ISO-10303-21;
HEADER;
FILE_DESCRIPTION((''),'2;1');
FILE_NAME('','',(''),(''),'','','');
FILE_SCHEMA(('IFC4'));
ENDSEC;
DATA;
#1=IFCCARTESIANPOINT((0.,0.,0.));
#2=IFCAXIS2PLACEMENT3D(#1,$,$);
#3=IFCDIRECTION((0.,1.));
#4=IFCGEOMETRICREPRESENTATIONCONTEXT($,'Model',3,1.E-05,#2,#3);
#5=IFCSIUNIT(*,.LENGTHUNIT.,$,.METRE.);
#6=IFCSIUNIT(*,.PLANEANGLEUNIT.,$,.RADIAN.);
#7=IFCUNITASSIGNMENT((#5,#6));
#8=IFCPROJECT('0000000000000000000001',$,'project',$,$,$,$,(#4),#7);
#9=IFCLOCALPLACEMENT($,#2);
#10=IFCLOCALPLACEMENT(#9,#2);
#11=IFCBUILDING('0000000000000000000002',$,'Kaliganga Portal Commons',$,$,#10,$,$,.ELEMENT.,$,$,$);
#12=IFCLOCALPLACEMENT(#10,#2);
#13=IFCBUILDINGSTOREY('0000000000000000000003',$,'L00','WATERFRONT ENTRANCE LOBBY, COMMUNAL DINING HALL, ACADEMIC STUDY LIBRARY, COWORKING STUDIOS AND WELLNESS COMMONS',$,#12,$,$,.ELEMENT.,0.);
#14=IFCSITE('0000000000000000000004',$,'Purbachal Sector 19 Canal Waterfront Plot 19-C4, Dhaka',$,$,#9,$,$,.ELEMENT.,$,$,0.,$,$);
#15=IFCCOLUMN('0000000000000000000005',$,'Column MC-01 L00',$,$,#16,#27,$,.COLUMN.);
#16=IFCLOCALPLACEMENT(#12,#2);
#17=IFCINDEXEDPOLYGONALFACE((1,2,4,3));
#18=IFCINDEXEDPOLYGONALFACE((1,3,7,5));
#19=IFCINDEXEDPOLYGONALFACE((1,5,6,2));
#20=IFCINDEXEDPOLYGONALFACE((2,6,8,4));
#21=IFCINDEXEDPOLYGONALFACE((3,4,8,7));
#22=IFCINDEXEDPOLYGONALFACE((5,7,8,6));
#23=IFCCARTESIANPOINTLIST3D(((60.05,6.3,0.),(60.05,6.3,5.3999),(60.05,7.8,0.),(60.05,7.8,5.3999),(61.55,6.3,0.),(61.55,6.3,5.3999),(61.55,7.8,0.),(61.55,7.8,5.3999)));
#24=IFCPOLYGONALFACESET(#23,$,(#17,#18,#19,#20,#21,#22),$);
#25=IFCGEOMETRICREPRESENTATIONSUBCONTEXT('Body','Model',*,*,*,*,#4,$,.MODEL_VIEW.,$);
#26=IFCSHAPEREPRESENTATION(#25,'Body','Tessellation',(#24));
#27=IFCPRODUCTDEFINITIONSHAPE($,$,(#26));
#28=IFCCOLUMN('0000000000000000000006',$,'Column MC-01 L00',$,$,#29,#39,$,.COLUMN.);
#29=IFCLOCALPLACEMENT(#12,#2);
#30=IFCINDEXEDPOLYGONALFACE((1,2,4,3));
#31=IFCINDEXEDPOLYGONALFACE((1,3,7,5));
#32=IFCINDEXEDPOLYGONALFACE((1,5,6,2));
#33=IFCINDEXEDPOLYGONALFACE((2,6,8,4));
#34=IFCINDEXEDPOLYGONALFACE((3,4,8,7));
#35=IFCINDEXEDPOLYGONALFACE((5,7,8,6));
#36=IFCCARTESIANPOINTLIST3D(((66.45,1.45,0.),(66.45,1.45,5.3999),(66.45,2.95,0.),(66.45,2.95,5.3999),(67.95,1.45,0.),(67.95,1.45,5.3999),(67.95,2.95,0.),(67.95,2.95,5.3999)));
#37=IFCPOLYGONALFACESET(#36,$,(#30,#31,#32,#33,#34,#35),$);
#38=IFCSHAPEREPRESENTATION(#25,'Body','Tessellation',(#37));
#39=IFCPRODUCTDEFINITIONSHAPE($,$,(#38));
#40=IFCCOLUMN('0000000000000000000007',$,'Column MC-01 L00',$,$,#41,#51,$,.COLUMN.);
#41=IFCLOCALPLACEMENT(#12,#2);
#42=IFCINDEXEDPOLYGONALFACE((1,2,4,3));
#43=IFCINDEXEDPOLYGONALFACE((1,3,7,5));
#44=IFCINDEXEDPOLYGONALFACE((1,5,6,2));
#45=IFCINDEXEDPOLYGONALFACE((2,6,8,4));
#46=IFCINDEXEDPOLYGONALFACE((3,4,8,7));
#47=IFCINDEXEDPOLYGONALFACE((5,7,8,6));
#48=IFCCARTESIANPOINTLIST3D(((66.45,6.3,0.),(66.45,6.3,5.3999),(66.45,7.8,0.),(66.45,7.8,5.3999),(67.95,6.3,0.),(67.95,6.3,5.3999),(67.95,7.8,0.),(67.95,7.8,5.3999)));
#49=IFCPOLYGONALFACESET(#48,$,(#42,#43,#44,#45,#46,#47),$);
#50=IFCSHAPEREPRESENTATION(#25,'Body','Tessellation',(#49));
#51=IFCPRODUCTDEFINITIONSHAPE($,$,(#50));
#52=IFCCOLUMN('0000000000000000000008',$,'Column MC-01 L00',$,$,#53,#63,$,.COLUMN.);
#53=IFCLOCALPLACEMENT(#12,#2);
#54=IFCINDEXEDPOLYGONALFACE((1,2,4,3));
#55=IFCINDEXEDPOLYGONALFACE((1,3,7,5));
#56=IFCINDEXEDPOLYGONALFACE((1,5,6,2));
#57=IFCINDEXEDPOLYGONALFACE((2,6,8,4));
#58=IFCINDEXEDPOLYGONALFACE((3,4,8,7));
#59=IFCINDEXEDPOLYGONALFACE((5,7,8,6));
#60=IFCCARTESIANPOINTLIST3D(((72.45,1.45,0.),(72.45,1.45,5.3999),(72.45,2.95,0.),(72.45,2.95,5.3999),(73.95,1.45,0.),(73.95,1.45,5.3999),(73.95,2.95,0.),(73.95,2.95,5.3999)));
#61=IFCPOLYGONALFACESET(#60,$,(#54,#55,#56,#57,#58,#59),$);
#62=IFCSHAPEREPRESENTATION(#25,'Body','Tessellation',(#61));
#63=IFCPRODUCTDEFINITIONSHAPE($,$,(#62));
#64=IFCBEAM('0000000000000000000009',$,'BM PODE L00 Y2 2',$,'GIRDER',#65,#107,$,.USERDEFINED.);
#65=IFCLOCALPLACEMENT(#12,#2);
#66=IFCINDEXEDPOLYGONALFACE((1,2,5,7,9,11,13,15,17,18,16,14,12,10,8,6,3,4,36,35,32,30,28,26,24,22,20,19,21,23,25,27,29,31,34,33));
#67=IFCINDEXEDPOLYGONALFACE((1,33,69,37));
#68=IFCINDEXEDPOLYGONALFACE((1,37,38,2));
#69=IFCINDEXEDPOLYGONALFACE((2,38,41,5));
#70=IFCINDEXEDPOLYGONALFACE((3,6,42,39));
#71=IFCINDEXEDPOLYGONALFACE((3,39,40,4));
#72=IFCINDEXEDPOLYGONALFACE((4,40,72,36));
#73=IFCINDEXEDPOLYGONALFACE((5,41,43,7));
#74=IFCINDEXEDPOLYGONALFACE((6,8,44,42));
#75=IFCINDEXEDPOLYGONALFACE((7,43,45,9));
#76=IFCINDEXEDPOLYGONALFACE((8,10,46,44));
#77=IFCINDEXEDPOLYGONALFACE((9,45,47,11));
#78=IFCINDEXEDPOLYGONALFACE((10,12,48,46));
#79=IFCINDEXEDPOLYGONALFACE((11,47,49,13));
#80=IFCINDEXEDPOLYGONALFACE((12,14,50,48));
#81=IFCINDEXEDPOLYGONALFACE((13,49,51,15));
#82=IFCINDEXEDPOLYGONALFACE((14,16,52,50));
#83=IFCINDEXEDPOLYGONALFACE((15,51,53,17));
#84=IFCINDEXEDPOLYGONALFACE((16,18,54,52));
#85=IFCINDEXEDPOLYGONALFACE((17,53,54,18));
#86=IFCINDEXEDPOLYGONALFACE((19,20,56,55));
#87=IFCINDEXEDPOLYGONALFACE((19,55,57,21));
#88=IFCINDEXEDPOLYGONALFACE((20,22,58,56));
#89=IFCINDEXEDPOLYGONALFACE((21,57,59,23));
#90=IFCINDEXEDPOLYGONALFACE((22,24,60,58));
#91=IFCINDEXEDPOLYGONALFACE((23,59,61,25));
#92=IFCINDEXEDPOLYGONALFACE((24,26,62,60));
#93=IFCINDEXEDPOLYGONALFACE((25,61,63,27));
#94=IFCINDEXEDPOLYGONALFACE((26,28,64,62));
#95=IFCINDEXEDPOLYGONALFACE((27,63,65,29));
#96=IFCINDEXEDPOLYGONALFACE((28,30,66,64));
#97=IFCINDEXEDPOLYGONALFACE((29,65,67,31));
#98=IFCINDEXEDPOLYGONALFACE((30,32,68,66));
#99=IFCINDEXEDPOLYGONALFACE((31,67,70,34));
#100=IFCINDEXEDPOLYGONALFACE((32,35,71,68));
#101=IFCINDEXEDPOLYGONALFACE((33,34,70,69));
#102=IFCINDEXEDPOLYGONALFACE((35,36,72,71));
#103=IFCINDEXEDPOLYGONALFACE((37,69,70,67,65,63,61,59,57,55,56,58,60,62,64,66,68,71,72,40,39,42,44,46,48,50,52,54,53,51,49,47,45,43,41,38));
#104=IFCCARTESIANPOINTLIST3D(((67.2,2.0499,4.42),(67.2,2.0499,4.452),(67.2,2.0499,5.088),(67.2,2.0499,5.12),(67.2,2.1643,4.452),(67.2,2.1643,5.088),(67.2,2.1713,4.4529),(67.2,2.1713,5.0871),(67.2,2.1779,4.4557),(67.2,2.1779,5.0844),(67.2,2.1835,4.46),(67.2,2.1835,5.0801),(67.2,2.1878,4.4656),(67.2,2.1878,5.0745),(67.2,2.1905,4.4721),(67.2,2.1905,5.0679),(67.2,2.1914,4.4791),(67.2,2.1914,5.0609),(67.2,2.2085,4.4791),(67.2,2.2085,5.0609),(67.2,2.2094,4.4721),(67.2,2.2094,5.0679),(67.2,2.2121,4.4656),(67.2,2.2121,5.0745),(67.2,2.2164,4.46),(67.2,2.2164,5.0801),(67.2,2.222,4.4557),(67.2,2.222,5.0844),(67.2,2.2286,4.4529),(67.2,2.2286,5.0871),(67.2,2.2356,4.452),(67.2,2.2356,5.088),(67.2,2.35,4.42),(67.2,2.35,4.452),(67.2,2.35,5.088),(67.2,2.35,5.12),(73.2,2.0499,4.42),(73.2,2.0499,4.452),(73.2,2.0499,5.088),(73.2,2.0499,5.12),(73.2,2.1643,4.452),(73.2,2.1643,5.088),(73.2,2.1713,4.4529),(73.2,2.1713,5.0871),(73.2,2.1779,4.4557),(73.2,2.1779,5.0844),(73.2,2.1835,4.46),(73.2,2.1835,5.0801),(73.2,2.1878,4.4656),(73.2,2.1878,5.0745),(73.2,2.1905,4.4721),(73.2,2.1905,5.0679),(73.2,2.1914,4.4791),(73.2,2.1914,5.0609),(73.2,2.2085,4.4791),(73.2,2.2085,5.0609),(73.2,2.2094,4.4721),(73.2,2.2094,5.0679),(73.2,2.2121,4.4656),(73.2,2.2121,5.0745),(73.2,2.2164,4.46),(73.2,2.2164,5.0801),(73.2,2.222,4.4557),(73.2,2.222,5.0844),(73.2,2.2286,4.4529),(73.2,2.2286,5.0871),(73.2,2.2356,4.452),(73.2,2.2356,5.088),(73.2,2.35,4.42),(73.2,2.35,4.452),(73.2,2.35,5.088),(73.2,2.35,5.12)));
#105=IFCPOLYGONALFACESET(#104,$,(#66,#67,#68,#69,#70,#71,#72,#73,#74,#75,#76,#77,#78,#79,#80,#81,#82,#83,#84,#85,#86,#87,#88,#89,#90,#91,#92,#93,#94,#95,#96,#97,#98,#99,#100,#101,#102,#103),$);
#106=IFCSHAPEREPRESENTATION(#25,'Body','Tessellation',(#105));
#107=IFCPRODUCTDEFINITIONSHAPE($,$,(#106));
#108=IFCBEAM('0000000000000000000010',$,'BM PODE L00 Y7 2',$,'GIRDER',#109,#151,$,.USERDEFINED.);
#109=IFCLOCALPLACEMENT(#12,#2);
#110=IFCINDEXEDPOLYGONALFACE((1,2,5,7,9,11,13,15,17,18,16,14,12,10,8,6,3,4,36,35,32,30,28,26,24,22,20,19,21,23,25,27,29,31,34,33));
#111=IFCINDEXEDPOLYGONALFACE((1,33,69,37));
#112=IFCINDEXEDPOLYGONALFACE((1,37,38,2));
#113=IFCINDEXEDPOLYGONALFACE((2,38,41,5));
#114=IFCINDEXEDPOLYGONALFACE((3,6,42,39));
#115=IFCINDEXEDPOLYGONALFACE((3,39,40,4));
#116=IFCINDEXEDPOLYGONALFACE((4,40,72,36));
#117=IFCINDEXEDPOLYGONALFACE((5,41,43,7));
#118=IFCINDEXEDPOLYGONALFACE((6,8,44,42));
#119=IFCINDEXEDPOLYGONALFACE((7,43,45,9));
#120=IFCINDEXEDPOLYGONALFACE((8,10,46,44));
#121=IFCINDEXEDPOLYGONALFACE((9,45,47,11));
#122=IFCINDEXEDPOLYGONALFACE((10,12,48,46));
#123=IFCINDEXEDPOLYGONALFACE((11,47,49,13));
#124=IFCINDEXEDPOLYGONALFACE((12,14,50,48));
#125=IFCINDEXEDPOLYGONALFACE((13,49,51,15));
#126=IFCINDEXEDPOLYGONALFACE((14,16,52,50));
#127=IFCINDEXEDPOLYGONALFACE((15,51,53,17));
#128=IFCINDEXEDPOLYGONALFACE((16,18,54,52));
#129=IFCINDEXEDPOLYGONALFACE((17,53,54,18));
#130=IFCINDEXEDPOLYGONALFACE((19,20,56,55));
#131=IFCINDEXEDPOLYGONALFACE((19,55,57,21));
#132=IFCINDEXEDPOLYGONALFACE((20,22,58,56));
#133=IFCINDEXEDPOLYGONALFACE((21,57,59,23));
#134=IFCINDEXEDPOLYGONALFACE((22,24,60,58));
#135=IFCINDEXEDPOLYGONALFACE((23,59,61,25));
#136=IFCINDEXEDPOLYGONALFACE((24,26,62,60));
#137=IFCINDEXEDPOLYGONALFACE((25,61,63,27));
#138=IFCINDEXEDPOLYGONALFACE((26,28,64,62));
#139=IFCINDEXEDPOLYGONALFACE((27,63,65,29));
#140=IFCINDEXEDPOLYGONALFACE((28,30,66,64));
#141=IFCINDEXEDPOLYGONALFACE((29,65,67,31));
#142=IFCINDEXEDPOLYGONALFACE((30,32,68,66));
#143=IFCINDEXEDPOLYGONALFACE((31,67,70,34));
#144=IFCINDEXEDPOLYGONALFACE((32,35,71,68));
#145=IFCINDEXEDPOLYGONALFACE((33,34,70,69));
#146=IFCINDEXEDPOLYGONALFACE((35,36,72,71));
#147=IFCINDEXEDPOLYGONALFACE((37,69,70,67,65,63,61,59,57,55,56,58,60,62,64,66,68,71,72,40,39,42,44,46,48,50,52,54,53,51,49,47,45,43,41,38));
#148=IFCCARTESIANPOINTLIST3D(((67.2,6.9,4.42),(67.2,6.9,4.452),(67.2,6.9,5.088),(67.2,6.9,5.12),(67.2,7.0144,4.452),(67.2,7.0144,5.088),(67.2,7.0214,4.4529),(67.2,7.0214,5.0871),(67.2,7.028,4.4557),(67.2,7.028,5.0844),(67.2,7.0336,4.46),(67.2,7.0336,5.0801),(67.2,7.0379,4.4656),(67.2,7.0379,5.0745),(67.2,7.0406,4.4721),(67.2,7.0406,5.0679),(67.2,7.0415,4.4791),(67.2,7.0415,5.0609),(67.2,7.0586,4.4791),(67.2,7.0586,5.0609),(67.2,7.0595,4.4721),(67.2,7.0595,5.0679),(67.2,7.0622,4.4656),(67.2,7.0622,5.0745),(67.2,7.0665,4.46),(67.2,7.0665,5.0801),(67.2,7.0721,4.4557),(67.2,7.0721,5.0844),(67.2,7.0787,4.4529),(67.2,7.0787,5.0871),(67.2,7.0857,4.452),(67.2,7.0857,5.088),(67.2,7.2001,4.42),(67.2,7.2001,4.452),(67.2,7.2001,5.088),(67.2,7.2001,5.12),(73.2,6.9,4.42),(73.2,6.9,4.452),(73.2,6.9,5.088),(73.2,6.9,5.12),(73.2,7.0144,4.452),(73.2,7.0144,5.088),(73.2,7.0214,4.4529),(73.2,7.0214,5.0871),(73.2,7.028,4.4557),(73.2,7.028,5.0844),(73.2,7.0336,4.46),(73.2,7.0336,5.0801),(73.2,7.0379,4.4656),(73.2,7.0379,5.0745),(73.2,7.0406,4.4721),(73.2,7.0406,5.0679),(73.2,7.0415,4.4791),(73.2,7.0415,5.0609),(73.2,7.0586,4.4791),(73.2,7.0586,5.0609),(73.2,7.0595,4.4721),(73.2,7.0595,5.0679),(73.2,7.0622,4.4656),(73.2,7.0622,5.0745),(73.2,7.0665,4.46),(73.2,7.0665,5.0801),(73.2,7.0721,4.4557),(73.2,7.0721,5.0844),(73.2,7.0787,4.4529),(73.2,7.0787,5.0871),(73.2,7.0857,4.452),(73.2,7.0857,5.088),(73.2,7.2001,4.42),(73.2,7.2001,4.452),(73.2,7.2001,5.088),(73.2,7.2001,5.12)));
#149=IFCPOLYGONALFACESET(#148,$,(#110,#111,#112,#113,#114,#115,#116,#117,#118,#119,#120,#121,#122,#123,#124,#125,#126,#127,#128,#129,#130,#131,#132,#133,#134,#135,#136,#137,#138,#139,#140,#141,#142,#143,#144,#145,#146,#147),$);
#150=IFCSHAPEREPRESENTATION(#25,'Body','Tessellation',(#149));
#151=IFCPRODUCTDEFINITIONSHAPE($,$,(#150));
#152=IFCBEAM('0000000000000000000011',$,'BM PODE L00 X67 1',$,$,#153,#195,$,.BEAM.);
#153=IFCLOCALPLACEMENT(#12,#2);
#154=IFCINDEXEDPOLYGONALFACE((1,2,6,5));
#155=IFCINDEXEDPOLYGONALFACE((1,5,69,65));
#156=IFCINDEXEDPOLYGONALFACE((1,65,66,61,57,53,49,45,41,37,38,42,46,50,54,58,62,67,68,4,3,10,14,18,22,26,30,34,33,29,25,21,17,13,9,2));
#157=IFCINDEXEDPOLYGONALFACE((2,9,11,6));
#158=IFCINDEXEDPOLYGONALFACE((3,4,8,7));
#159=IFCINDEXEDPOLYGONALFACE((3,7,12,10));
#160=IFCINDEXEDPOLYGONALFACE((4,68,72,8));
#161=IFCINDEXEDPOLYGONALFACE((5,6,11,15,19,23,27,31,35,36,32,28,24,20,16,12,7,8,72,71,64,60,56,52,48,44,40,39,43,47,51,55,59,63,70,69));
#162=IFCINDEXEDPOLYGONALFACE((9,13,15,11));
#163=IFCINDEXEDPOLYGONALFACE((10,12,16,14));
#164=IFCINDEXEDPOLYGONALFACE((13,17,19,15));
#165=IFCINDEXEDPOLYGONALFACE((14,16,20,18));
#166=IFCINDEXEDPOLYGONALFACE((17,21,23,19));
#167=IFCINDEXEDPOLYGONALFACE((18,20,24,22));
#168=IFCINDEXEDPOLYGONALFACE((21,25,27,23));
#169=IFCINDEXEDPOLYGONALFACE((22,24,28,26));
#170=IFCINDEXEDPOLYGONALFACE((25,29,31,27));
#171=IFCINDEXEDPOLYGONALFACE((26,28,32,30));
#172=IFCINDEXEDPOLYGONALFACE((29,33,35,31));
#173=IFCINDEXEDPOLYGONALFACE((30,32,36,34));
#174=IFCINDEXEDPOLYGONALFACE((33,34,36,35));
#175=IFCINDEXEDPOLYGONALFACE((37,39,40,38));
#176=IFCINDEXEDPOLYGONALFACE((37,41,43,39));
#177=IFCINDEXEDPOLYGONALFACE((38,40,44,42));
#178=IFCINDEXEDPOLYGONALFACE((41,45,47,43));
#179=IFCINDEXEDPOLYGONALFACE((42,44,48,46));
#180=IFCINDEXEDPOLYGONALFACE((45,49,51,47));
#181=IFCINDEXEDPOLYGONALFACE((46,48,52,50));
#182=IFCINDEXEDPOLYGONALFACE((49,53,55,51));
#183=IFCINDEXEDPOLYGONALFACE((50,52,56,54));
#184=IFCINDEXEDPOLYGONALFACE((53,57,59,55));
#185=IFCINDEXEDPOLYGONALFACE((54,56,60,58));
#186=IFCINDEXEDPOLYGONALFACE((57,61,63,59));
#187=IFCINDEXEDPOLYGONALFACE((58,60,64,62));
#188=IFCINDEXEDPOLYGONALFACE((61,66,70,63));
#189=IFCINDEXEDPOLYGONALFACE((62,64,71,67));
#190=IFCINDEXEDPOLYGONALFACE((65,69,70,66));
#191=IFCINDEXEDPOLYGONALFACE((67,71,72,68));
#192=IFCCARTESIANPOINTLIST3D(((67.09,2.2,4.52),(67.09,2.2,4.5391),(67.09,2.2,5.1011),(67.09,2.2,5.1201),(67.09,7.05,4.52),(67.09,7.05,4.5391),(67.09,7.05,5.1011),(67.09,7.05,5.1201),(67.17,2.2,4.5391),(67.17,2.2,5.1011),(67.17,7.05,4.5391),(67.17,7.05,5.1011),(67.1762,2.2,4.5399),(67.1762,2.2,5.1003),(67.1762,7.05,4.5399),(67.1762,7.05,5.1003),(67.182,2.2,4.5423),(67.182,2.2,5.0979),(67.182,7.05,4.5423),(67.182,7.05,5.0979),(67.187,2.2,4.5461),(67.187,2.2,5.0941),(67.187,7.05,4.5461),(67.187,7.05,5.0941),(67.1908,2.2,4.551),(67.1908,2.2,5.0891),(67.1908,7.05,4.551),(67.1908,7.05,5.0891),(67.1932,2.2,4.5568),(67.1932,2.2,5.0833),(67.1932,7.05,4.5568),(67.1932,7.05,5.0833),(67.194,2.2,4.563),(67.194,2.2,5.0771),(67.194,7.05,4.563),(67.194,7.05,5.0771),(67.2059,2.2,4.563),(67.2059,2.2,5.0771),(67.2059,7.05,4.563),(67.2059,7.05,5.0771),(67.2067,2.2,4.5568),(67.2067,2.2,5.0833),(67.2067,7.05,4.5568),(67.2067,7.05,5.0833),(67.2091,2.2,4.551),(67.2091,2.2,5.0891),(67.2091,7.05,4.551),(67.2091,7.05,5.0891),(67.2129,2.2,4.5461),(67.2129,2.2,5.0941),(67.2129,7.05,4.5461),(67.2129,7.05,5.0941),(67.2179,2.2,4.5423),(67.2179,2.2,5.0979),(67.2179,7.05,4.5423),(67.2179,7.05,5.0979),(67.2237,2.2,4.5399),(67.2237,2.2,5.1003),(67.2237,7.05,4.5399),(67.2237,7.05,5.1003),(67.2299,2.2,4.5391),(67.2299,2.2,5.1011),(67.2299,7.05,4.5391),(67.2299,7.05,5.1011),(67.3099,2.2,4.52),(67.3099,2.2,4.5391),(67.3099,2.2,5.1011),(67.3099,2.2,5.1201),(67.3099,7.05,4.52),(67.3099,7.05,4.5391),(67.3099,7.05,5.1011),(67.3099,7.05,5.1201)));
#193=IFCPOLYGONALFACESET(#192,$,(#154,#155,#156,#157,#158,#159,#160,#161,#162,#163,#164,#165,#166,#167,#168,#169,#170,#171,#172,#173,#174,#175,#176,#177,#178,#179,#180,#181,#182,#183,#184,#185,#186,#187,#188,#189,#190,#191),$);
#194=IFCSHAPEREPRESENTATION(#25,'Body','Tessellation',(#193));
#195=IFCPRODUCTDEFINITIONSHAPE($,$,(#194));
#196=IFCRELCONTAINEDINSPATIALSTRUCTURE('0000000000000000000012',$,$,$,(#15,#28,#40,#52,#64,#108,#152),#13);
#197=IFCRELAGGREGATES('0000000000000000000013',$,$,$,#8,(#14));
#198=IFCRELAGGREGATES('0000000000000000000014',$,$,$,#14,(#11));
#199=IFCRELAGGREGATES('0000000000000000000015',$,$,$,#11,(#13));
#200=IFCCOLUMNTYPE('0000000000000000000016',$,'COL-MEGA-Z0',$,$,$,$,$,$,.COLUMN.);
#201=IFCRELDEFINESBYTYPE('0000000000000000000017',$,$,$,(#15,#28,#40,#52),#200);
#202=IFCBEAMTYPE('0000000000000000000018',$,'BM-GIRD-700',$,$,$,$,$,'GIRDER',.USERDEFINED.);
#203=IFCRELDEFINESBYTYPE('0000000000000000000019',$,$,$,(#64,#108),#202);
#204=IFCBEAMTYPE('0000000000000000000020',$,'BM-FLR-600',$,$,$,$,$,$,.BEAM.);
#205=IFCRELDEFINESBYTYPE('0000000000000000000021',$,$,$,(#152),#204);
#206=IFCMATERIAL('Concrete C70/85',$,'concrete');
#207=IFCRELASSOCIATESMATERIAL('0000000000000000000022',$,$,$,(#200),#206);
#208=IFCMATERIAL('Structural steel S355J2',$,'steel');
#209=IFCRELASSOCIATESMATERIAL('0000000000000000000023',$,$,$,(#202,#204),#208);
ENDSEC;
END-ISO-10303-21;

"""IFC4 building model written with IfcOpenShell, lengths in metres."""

from ifc_helpers import new_model, si_unit, direction, frame, origin, origin_2d, place, context, subcontext, project, spatial, rectangle, i_section, extrude, source, transform, mapped, material, material_profile, profile_set, type_object, element, save


model = new_model("IFC4")

# Units and contexts
model_context = context("Model", 3, precision=1e-05, world=origin(), true_north=direction((0.0, 1.0)))
body_context = subcontext(model_context, "Body", "Model", "MODEL_VIEW")
ifc_project = project(units=[si_unit("LENGTHUNIT", "METRE"), si_unit("PLANEANGLEUNIT", "RADIAN")], contexts=[model_context])

# Site, building, storey
site_placement = place(None, origin())
site = spatial("IfcSite", under=ifc_project, at=site_placement, Name="Purbachal Sector 19 Canal Waterfront Plot 19-C4, Dhaka", CompositionType="ELEMENT", RefElevation=0.0)
building_placement = place(site_placement, origin())
building = spatial("IfcBuilding", under=site, at=building_placement, Name="Kaliganga Portal Commons", CompositionType="ELEMENT")
storey_placement = place(building_placement, origin())
storey = spatial("IfcBuildingStorey", under=building, at=storey_placement, Name="L00", Description="WATERFRONT ENTRANCE LOBBY, COMMUNAL DINING HALL, ACADEMIC STUDY LIBRARY, COWORKING STUDIOS AND WELLNESS COMMONS", CompositionType="ELEMENT", Elevation=0.0)

# Columns
ifc_material_1 = material(Name="Concrete C70/85", Category="concrete")
ifc_material_profile_1 = material_profile(ifc_material_1, rectangle(XDim=1.5, YDim=1.5, at=origin_2d()), Name="RC 1500x1500")
ifc_profile_set_1 = profile_set([ifc_material_profile_1], Name="Concrete C70/85")
column_type = type_object("IfcColumnType", Name="COL-MEGA-Z0", PredefinedType="COLUMN", material=ifc_profile_set_1)
shared_shape_1 = source(origin(), body_context, "Body", "SweptSolid", [
    extrude(rectangle(XDim=1.5, YDim=1.5, at=origin_2d()), origin(), (0.0, 0.0, 1.0), 5.3999),
])
for number, where, z_axis, x_axis, name in (
    (1, (60.8, 7.05, 0.0), (0.0, 0.0, 1.0), (1.0, 0.0, 0.0), "Column MC-01 L00"),
    (2, (67.2, 2.2, 0.0), (0.0, 0.0, 1.0), (1.0, 0.0, 0.0), "Column MC-01 L00"),
    (3, (67.2, 7.05, 0.0), (0.0, 0.0, 1.0), (1.0, 0.0, 0.0), "Column MC-01 L00"),
    (4, (73.2, 2.2, 0.0), (0.0, 0.0, 1.0), (1.0, 0.0, 0.0), "Column MC-01 L00"),
):
    element("IfcColumn", number, at=place(storey_placement, frame(where, z_axis=z_axis, x_axis=x_axis)), inside=storey, type_object=column_type, Name=name, PredefinedType="COLUMN", context=body_context, shape_type="MappedRepresentation", body=[
        mapped(shared_shape_1, transform((0.0, 0.0, 0.0), x_axis=(1.0, 0.0, 0.0), y_axis=(0.0, 1.0, 0.0), z_axis=(0.0, 0.0, 1.0), scale=1.0)),
    ])

# Beams
ifc_material_2 = material(Name="Structural steel S355J2", Category="steel")
ifc_material_profile_2 = material_profile(ifc_material_2, i_section(OverallWidth=0.3, OverallDepth=0.7, WebThickness=0.0171, FlangeThickness=0.032, FilletRadius=0.0271, at=origin_2d()), Name="HE 700 B")
ifc_profile_set_2 = profile_set([ifc_material_profile_2], Name="Structural steel S355J2 wide-flange")
beam_type_1 = type_object("IfcBeamType", Name="BM-GIRD-700", ElementType="GIRDER", PredefinedType="USERDEFINED", material=ifc_profile_set_2)
shared_shape_2 = source(origin(), body_context, "Body", "SweptSolid", [
    extrude(i_section(OverallWidth=0.3, OverallDepth=0.7, WebThickness=0.0171, FlangeThickness=0.032, FilletRadius=0.0271, at=origin_2d()), origin(), (0.0, 0.0, 1.0), 6.0),
])
for number, where, z_axis, x_axis, name in (
    (5, (67.2, 2.2, 4.77), (1.0, 0.0, 0.0), (0.0, 1.0, 0.0), "BM PODE L00 Y2 2"),
    (6, (67.2, 7.05, 4.77), (1.0, 0.0, 0.0), (0.0, 1.0, 0.0), "BM PODE L00 Y7 2"),
):
    element("IfcBeam", number, at=place(storey_placement, frame(where, z_axis=z_axis, x_axis=x_axis)), inside=storey, type_object=beam_type_1, Name=name, ObjectType="GIRDER", PredefinedType="USERDEFINED", context=body_context, shape_type="MappedRepresentation", body=[
        mapped(shared_shape_2, transform((0.0, 0.0, 0.0), x_axis=(1.0, 0.0, 0.0), y_axis=(0.0, 1.0, 0.0), z_axis=(0.0, 0.0, 1.0), scale=1.0)),
    ])
ifc_material_profile_3 = material_profile(ifc_material_2, i_section(OverallWidth=0.22, OverallDepth=0.6001, WebThickness=0.012, FlangeThickness=0.019, FilletRadius=0.0239, at=origin_2d()), Name="IPE 600")
ifc_profile_set_3 = profile_set([ifc_material_profile_3], Name="Structural steel S355J2 wide-flange")
beam_type_2 = type_object("IfcBeamType", Name="BM-FLR-600", PredefinedType="BEAM", material=ifc_profile_set_3)
shared_shape_3 = source(origin(), body_context, "Body", "SweptSolid", [
    extrude(i_section(OverallWidth=0.22, OverallDepth=0.6001, WebThickness=0.012, FlangeThickness=0.019, FilletRadius=0.0239, at=origin_2d()), origin(), (0.0, 0.0, 1.0), 4.8501),
])
for number, where, z_axis, x_axis, name in (
    (7, (67.2, 2.2, 4.8201), (0.0, 1.0, 0.0), (-1.0, 0.0, 0.0), "BM PODE L00 X67 1"),
):
    element("IfcBeam", number, at=place(storey_placement, frame(where, z_axis=z_axis, x_axis=x_axis)), inside=storey, type_object=beam_type_2, Name=name, PredefinedType="BEAM", context=body_context, shape_type="MappedRepresentation", body=[
        mapped(shared_shape_3, transform((0.0, 0.0, 0.0), x_axis=(1.0, 0.0, 0.0), y_axis=(0.0, 1.0, 0.0), z_axis=(0.0, 0.0, 1.0), scale=1.0)),
    ])

save(model, "model.ifc")
